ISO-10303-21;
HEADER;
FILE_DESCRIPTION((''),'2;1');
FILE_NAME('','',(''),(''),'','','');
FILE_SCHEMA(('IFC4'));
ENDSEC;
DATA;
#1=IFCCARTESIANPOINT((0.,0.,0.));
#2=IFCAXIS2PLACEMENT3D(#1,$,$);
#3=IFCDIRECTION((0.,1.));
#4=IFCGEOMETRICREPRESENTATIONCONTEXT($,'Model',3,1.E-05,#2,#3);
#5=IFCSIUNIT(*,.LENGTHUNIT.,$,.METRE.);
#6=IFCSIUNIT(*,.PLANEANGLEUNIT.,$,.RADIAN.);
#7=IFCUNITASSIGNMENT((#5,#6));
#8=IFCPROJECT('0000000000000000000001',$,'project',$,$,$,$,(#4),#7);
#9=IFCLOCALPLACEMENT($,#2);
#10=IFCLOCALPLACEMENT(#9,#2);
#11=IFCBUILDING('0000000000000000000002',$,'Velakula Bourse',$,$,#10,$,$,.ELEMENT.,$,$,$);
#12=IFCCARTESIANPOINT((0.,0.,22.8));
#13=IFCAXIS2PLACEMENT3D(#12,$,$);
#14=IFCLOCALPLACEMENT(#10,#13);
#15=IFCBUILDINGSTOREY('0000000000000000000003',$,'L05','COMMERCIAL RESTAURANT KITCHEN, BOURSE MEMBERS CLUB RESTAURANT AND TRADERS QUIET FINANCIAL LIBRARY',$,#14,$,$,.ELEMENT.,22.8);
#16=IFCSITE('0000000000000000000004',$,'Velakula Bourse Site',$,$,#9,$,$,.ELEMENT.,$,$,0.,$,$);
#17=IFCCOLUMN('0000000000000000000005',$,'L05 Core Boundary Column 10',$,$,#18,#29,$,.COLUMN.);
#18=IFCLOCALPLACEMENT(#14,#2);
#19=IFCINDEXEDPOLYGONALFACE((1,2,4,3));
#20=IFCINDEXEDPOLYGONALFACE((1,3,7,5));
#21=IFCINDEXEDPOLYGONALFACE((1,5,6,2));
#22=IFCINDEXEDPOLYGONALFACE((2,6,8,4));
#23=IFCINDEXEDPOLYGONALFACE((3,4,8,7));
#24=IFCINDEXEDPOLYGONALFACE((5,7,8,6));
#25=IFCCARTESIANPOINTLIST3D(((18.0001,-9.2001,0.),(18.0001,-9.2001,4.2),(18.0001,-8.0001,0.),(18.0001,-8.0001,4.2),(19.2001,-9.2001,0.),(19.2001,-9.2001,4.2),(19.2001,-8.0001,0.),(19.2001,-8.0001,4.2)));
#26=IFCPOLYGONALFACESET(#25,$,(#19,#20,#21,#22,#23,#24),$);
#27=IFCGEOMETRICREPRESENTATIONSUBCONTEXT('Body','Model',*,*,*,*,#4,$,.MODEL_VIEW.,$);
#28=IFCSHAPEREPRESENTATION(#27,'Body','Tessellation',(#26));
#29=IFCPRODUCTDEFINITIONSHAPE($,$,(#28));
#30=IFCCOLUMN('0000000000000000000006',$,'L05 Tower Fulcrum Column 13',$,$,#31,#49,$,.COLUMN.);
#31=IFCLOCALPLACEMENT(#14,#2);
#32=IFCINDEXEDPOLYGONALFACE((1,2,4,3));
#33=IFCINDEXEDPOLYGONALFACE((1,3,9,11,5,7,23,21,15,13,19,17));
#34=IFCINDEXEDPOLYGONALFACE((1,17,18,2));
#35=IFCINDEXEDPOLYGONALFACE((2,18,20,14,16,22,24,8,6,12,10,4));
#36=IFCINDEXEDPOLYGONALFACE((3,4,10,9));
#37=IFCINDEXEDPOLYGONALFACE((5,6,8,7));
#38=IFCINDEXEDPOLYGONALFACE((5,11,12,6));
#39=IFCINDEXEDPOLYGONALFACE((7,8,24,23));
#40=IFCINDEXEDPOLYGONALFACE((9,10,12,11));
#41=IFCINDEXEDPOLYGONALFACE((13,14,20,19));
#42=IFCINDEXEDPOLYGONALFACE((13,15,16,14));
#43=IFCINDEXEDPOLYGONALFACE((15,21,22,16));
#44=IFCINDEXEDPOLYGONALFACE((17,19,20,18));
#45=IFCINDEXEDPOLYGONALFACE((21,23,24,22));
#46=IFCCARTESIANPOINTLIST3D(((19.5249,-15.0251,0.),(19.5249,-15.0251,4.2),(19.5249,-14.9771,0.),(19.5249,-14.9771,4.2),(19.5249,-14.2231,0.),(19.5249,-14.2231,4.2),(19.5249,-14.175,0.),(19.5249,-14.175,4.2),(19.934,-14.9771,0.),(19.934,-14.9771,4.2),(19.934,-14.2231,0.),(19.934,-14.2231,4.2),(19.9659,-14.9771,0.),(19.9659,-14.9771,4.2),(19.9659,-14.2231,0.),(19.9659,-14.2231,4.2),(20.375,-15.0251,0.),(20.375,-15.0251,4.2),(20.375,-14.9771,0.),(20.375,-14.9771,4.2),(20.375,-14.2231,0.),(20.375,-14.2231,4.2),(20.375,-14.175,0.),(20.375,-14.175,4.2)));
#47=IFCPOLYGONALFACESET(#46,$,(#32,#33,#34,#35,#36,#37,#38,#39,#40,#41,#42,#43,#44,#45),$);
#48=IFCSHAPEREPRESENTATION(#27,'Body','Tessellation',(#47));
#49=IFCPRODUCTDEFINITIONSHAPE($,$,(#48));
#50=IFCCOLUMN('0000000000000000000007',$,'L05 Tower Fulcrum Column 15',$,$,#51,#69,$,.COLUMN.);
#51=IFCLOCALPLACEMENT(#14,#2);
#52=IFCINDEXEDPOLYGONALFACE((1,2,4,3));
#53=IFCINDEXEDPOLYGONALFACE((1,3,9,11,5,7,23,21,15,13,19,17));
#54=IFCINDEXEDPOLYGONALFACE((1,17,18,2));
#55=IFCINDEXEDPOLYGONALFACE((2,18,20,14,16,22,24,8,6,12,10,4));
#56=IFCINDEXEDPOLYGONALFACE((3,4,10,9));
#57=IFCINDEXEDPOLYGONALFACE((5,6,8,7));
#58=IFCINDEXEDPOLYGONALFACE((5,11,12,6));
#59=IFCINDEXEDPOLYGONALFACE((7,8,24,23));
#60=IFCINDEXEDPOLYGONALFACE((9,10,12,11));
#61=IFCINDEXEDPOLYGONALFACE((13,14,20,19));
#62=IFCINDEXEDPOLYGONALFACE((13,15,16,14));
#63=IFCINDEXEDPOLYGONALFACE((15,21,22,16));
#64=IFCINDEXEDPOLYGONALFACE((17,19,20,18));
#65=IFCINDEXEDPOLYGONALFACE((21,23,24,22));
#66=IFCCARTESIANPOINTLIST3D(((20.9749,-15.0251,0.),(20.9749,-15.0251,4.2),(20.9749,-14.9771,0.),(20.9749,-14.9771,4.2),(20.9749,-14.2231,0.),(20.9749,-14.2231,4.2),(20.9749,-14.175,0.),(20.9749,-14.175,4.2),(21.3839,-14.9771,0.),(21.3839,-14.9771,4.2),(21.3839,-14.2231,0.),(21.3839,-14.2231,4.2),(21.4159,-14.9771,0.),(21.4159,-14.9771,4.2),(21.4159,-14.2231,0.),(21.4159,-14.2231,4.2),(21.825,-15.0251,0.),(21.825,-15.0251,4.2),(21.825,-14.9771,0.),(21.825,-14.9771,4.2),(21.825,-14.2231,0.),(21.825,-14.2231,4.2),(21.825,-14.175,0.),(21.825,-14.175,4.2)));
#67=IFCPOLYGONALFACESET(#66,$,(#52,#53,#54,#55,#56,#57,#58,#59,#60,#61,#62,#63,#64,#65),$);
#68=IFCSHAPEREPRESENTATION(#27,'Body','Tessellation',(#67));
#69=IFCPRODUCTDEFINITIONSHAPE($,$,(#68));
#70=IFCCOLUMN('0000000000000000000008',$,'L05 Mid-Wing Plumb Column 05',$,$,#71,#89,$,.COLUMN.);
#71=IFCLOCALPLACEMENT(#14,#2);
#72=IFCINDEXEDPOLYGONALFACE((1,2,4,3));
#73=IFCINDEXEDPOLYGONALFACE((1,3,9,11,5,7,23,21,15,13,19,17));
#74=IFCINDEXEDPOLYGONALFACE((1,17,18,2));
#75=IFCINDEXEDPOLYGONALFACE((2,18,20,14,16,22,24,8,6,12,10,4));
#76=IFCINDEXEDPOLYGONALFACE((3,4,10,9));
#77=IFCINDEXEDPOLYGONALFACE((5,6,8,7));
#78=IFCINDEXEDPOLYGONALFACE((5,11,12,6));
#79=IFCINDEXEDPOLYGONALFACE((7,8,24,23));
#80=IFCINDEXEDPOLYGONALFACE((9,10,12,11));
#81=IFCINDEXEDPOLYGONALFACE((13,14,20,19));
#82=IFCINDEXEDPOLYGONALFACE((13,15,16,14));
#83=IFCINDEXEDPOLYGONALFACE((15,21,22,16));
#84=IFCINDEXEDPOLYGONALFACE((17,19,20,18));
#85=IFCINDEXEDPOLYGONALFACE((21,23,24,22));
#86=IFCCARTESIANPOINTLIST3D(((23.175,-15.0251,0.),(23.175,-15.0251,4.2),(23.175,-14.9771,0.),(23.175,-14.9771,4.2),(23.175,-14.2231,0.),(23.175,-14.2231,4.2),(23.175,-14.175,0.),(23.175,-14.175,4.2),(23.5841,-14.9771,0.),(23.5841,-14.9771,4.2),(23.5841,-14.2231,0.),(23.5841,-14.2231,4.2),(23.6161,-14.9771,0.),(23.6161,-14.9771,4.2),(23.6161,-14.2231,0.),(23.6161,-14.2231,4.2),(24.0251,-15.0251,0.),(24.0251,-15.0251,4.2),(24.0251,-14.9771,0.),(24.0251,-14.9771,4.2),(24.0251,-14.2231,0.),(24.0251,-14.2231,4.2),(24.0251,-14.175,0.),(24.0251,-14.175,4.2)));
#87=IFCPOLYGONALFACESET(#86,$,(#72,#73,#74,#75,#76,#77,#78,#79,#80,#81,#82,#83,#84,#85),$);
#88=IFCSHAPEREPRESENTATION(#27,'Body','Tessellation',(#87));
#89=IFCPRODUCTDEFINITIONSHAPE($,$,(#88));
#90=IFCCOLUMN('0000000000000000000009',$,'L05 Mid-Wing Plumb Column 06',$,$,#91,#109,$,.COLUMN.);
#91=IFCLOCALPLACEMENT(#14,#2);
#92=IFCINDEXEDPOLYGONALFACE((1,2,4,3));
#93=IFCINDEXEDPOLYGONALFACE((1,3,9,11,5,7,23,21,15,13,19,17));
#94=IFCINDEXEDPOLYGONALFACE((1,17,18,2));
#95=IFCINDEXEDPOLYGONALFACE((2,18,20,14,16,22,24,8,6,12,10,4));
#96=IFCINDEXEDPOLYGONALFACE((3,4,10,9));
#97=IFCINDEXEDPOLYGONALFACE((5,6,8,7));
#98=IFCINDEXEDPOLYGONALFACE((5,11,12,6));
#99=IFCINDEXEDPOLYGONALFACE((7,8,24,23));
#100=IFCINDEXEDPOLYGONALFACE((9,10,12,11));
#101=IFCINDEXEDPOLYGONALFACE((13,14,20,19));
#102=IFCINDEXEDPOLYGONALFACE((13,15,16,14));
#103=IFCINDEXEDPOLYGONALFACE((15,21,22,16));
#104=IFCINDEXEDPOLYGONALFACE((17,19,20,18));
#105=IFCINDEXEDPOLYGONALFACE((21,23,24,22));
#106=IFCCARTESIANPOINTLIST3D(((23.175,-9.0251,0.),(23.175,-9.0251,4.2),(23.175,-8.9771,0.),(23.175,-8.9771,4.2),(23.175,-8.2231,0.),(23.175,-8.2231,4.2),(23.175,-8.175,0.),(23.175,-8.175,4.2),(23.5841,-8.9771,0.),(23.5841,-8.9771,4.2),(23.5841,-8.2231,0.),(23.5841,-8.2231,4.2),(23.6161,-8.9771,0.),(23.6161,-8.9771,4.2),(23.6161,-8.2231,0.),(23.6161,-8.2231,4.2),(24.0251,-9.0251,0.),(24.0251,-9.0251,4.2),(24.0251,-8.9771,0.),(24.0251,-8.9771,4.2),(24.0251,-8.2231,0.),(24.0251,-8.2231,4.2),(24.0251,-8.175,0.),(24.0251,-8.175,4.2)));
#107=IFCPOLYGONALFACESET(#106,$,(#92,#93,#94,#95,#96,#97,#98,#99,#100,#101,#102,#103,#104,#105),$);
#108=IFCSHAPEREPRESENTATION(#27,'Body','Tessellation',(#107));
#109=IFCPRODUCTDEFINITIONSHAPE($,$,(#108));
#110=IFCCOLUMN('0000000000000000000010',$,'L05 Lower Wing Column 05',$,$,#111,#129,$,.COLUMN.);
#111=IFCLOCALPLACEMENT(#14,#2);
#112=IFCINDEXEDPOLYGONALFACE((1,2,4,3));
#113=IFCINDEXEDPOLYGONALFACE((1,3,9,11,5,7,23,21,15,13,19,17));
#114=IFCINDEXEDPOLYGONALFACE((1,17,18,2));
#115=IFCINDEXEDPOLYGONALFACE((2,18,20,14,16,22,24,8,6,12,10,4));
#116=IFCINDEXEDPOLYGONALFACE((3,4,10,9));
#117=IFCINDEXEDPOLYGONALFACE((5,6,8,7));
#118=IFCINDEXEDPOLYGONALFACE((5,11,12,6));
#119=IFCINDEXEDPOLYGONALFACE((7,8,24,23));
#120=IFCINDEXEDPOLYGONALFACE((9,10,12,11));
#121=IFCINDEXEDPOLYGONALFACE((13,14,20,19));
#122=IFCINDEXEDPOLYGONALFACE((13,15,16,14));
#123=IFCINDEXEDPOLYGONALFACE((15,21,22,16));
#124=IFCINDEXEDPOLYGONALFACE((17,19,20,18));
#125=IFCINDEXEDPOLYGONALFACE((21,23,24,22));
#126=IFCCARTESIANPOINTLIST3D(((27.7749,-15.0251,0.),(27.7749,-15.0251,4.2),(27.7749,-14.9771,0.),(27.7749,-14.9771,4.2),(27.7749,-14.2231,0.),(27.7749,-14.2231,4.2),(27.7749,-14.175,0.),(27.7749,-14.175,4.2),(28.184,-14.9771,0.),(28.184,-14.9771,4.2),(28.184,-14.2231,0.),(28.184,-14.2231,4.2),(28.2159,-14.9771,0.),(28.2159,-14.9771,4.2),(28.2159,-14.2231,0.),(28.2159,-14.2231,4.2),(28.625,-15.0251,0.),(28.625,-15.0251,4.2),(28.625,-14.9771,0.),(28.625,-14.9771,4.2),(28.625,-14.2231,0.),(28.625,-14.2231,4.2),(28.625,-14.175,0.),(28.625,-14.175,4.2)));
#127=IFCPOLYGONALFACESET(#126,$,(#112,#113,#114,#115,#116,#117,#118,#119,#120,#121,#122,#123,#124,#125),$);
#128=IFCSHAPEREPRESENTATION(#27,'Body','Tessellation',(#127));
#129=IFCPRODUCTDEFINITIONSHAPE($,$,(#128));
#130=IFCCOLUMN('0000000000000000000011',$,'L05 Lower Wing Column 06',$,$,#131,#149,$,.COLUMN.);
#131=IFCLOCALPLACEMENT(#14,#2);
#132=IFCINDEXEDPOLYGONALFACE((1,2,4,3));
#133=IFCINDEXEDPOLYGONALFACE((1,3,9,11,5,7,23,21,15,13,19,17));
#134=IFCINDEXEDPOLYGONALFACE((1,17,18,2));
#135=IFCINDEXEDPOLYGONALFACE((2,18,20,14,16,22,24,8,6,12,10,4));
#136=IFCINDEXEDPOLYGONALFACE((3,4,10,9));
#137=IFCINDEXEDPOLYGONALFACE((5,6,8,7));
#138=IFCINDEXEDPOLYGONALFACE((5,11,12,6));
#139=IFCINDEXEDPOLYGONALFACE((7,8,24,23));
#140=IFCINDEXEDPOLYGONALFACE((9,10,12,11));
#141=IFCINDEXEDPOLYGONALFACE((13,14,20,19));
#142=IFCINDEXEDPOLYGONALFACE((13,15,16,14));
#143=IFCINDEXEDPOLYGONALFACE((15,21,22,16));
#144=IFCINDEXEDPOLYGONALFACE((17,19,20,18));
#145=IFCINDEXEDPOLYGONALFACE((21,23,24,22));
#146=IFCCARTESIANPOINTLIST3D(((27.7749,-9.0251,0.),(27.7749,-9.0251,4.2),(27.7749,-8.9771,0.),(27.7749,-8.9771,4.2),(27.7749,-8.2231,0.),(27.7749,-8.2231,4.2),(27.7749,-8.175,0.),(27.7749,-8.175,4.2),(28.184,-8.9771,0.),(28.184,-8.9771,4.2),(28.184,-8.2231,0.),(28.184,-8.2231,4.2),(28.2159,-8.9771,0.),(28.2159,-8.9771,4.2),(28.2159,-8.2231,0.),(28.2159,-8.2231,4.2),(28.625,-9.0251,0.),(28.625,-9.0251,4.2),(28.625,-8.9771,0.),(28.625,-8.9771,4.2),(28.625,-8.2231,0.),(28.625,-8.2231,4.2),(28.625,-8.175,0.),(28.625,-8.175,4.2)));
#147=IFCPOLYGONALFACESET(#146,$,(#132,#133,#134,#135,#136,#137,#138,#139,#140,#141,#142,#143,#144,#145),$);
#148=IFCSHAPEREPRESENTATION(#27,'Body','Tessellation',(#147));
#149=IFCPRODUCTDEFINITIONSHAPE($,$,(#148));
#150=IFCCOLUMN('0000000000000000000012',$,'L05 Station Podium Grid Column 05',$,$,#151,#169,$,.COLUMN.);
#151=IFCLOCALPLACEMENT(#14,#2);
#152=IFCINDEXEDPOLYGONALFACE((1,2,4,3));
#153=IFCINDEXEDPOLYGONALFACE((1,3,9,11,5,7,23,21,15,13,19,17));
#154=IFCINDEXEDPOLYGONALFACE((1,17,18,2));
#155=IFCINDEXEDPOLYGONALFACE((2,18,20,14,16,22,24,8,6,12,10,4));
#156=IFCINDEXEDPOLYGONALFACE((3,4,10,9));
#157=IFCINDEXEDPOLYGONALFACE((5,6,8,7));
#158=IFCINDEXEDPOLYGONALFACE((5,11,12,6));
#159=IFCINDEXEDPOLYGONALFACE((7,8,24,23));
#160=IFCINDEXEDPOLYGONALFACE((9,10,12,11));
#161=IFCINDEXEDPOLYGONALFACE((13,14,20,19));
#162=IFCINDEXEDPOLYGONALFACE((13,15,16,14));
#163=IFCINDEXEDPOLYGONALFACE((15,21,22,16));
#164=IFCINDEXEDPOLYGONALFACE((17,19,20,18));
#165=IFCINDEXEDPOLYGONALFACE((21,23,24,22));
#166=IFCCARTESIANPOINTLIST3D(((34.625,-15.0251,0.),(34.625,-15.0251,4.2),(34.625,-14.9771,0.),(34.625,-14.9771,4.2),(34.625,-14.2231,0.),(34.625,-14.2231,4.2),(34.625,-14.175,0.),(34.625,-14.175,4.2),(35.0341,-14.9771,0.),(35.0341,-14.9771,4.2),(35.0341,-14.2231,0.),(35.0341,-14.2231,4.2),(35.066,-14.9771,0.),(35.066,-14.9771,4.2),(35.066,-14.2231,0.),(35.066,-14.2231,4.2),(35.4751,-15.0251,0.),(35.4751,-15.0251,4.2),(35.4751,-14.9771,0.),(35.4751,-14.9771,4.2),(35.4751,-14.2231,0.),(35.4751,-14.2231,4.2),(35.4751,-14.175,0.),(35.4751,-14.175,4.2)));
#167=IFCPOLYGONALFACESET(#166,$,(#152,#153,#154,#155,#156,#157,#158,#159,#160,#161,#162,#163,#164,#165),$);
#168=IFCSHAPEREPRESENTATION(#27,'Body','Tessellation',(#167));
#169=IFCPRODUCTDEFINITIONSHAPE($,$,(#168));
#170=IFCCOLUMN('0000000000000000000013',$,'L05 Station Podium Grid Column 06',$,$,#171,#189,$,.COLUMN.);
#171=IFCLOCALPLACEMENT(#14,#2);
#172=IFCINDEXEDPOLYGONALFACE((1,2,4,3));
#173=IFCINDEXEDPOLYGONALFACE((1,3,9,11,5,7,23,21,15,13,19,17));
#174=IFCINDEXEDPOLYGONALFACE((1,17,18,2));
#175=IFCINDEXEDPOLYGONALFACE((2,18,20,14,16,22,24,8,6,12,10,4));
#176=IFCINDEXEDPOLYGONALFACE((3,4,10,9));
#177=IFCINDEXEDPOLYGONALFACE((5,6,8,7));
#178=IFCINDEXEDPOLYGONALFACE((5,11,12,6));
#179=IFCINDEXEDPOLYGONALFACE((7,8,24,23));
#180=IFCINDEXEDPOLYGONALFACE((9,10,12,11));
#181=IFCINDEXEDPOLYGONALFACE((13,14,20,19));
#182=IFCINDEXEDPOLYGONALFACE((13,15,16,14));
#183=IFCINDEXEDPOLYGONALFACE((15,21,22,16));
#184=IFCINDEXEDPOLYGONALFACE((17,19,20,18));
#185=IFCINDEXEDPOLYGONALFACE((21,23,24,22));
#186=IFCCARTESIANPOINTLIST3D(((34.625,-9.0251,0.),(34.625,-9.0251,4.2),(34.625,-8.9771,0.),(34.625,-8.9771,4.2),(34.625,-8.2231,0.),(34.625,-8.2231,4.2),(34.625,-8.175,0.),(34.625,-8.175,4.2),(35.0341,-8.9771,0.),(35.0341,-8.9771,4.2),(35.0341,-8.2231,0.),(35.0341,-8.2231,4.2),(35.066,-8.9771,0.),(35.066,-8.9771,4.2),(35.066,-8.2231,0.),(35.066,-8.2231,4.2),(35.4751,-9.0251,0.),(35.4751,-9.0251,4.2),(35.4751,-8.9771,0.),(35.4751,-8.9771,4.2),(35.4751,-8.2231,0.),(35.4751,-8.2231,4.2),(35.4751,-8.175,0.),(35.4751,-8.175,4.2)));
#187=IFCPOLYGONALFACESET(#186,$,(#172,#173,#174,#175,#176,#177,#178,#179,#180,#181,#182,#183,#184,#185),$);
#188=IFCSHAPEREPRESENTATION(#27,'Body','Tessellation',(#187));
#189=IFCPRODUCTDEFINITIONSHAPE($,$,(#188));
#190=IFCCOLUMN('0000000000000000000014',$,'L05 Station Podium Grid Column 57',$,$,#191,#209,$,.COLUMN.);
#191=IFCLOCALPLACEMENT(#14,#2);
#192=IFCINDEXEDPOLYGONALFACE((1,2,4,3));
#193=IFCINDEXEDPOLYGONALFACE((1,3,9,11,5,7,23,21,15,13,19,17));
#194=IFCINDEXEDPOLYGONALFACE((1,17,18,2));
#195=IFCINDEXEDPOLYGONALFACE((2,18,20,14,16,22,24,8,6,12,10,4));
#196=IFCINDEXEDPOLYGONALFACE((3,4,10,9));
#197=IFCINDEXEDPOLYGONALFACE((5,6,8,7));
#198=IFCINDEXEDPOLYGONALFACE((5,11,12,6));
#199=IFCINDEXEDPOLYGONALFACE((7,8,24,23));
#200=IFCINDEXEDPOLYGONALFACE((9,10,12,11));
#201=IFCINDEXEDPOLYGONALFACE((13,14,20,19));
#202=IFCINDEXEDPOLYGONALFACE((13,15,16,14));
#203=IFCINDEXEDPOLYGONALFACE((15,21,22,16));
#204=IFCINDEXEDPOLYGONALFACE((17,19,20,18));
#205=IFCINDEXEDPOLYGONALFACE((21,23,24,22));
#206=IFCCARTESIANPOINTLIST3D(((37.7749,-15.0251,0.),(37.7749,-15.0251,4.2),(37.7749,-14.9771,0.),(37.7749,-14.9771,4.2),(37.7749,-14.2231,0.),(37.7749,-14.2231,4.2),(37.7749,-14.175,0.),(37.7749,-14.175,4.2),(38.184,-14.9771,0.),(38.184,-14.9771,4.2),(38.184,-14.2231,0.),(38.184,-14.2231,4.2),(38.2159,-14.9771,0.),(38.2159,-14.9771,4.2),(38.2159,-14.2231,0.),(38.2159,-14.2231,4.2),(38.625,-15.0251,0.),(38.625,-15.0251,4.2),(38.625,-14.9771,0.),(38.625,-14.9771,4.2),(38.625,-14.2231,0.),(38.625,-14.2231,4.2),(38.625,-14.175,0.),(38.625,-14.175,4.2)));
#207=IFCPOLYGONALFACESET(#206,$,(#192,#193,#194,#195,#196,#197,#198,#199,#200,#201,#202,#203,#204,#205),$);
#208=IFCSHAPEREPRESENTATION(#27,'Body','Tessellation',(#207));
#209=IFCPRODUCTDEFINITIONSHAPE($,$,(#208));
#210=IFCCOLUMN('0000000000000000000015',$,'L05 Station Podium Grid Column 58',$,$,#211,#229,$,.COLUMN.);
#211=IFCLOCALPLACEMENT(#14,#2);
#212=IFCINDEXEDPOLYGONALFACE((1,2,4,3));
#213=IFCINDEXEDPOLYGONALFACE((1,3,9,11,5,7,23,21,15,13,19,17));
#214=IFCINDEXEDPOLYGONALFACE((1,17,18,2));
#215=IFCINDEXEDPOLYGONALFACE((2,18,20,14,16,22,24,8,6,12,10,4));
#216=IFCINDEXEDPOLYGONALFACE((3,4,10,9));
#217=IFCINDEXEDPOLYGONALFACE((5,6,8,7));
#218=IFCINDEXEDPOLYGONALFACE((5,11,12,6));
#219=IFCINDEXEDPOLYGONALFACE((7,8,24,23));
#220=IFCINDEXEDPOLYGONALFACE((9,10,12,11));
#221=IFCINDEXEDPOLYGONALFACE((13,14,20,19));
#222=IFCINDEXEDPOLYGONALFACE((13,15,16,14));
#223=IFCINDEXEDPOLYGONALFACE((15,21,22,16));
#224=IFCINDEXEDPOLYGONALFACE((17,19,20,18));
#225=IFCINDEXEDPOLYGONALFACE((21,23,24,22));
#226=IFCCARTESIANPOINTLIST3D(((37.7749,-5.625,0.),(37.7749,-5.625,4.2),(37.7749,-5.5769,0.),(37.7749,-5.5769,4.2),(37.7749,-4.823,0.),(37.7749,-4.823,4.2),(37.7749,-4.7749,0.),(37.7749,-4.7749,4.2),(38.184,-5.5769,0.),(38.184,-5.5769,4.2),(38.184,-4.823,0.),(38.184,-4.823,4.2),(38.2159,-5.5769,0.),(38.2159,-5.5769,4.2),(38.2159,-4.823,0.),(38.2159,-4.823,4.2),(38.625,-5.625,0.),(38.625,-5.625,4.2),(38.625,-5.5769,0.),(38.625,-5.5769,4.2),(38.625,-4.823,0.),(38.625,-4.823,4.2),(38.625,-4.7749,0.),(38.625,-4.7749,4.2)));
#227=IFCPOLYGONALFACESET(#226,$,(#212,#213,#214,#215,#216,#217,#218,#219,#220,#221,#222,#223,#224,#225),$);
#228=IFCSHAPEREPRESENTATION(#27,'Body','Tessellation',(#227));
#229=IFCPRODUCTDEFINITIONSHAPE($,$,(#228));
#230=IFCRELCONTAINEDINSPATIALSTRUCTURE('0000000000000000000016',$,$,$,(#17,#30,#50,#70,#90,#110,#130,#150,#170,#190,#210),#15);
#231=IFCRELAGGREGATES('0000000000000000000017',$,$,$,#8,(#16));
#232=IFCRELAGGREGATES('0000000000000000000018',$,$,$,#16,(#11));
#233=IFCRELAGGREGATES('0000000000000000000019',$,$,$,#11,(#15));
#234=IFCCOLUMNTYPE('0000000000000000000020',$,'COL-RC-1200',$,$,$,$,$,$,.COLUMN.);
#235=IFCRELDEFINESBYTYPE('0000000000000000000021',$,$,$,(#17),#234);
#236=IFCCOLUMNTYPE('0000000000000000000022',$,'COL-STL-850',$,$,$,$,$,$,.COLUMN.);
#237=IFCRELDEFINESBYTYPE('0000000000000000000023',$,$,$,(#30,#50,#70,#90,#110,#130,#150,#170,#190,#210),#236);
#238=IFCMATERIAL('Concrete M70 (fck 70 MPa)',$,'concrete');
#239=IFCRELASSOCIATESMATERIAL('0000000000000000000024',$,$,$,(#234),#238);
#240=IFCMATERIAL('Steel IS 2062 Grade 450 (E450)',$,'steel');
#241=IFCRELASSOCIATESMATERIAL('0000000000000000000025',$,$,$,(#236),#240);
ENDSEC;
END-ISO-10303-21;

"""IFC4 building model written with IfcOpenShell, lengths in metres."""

from ifc_helpers import new_model, si_unit, direction, frame, origin, origin_2d, place, context, subcontext, project, spatial, rectangle, i_section, extrude, material, material_profile, profile_set, type_object, element, save


model = new_model("IFC4")

# Units and contexts
model_context = context("Model", 3, precision=1e-05, world=origin(), true_north=direction((0.0, 1.0)))
body_context = subcontext(model_context, "Body", "Model", "MODEL_VIEW")
ifc_project = project(units=[si_unit("LENGTHUNIT", "METRE"), si_unit("PLANEANGLEUNIT", "RADIAN")], contexts=[model_context])

# Site, building, storey
site_placement = place(None, origin())
site = spatial("IfcSite", under=ifc_project, at=site_placement, Name="Velakula Bourse Site", CompositionType="ELEMENT", RefElevation=0.0)
building_placement = place(site_placement, origin())
building = spatial("IfcBuilding", under=site, at=building_placement, Name="Velakula Bourse", CompositionType="ELEMENT")
storey_placement = place(building_placement, frame((0.0, 0.0, 22.8)))
storey = spatial("IfcBuildingStorey", under=building, at=storey_placement, Name="L05", Description="COMMERCIAL RESTAURANT KITCHEN, BOURSE MEMBERS CLUB RESTAURANT AND TRADERS QUIET FINANCIAL LIBRARY", CompositionType="ELEMENT", Elevation=22.8)

# Columns
ifc_material_1 = material(Name="Concrete M70 (fck 70 MPa)", Category="concrete")
ifc_material_profile_1 = material_profile(ifc_material_1, rectangle(XDim=1.2, YDim=1.2, at=origin_2d()), Name="Concrete M70 (fck 70 MPa)")
ifc_profile_set_1 = profile_set([ifc_material_profile_1], Name="Concrete M70 (fck 70 MPa)")
column_type_1 = type_object("IfcColumnType", Name="COL-RC-1200", PredefinedType="COLUMN", material=ifc_profile_set_1)
column_placement = place(storey_placement, frame((18.6001, -8.6001, 0.0), z_axis=(0.0, 0.0, 1.0), x_axis=(1.0, 0.0, 0.0)))
element("IfcColumn", 1, at=column_placement, inside=storey, type_object=column_type_1, Name="L05 Core Boundary Column 10", PredefinedType="COLUMN", context=body_context, shape_type="SweptSolid", body=[
    extrude(rectangle(XDim=1.2, YDim=1.2, at=origin_2d()), origin(), (0.0, 0.0, 1.0), 4.2),
])
ifc_material_2 = material(Name="Steel IS 2062 Grade 450 (E450)", Category="steel")
ifc_material_profile_2 = material_profile(ifc_material_2, i_section(OverallWidth=0.8501, OverallDepth=0.8501, WebThickness=0.032, FlangeThickness=0.0481, at=origin_2d()), Name="Steel IS 2062 Grade 450 (E450)")
ifc_profile_set_2 = profile_set([ifc_material_profile_2], Name="Steel IS 2062 Grade 450 (E450)")
column_type_2 = type_object("IfcColumnType", Name="COL-STL-850", PredefinedType="COLUMN", material=ifc_profile_set_2)
for number, where, z_axis, x_axis, name in (
    (2, (19.95, -14.6001, 0.0), (0.0, 0.0, 1.0), (1.0, 0.0, 0.0), "L05 Tower Fulcrum Column 13"),
    (3, (21.3999, -14.6001, 0.0), (0.0, 0.0, 1.0), (1.0, 0.0, 0.0), "L05 Tower Fulcrum Column 15"),
    (4, (23.6001, -14.6001, 0.0), (0.0, 0.0, 1.0), (1.0, 0.0, 0.0), "L05 Mid-Wing Plumb Column 05"),
    (5, (23.6001, -8.6001, 0.0), (0.0, 0.0, 1.0), (1.0, 0.0, 0.0), "L05 Mid-Wing Plumb Column 06"),
    (6, (28.2, -14.6001, 0.0), (0.0, 0.0, 1.0), (1.0, 0.0, 0.0), "L05 Lower Wing Column 05"),
    (7, (28.2, -8.6001, 0.0), (0.0, 0.0, 1.0), (1.0, 0.0, 0.0), "L05 Lower Wing Column 06"),
    (8, (35.05, -14.6001, 0.0), (0.0, 0.0, 1.0), (1.0, 0.0, 0.0), "L05 Station Podium Grid Column 05"),
    (9, (35.05, -8.6001, 0.0), (0.0, 0.0, 1.0), (1.0, 0.0, 0.0), "L05 Station Podium Grid Column 06"),
    (10, (38.2, -14.6001, 0.0), (0.0, 0.0, 1.0), (1.0, 0.0, 0.0), "L05 Station Podium Grid Column 57"),
    (11, (38.2, -5.2, 0.0), (0.0, 0.0, 1.0), (1.0, 0.0, 0.0), "L05 Station Podium Grid Column 58"),
):
    element("IfcColumn", number, at=place(storey_placement, frame(where, z_axis=z_axis, x_axis=x_axis)), inside=storey, type_object=column_type_2, Name=name, PredefinedType="COLUMN", context=body_context, shape_type="SweptSolid", body=[
        extrude(i_section(OverallWidth=0.8501, OverallDepth=0.8501, WebThickness=0.032, FlangeThickness=0.0481, at=origin_2d()), origin(), (0.0, 0.0, 1.0), 4.2),
    ])

save(model, "model.ifc")
